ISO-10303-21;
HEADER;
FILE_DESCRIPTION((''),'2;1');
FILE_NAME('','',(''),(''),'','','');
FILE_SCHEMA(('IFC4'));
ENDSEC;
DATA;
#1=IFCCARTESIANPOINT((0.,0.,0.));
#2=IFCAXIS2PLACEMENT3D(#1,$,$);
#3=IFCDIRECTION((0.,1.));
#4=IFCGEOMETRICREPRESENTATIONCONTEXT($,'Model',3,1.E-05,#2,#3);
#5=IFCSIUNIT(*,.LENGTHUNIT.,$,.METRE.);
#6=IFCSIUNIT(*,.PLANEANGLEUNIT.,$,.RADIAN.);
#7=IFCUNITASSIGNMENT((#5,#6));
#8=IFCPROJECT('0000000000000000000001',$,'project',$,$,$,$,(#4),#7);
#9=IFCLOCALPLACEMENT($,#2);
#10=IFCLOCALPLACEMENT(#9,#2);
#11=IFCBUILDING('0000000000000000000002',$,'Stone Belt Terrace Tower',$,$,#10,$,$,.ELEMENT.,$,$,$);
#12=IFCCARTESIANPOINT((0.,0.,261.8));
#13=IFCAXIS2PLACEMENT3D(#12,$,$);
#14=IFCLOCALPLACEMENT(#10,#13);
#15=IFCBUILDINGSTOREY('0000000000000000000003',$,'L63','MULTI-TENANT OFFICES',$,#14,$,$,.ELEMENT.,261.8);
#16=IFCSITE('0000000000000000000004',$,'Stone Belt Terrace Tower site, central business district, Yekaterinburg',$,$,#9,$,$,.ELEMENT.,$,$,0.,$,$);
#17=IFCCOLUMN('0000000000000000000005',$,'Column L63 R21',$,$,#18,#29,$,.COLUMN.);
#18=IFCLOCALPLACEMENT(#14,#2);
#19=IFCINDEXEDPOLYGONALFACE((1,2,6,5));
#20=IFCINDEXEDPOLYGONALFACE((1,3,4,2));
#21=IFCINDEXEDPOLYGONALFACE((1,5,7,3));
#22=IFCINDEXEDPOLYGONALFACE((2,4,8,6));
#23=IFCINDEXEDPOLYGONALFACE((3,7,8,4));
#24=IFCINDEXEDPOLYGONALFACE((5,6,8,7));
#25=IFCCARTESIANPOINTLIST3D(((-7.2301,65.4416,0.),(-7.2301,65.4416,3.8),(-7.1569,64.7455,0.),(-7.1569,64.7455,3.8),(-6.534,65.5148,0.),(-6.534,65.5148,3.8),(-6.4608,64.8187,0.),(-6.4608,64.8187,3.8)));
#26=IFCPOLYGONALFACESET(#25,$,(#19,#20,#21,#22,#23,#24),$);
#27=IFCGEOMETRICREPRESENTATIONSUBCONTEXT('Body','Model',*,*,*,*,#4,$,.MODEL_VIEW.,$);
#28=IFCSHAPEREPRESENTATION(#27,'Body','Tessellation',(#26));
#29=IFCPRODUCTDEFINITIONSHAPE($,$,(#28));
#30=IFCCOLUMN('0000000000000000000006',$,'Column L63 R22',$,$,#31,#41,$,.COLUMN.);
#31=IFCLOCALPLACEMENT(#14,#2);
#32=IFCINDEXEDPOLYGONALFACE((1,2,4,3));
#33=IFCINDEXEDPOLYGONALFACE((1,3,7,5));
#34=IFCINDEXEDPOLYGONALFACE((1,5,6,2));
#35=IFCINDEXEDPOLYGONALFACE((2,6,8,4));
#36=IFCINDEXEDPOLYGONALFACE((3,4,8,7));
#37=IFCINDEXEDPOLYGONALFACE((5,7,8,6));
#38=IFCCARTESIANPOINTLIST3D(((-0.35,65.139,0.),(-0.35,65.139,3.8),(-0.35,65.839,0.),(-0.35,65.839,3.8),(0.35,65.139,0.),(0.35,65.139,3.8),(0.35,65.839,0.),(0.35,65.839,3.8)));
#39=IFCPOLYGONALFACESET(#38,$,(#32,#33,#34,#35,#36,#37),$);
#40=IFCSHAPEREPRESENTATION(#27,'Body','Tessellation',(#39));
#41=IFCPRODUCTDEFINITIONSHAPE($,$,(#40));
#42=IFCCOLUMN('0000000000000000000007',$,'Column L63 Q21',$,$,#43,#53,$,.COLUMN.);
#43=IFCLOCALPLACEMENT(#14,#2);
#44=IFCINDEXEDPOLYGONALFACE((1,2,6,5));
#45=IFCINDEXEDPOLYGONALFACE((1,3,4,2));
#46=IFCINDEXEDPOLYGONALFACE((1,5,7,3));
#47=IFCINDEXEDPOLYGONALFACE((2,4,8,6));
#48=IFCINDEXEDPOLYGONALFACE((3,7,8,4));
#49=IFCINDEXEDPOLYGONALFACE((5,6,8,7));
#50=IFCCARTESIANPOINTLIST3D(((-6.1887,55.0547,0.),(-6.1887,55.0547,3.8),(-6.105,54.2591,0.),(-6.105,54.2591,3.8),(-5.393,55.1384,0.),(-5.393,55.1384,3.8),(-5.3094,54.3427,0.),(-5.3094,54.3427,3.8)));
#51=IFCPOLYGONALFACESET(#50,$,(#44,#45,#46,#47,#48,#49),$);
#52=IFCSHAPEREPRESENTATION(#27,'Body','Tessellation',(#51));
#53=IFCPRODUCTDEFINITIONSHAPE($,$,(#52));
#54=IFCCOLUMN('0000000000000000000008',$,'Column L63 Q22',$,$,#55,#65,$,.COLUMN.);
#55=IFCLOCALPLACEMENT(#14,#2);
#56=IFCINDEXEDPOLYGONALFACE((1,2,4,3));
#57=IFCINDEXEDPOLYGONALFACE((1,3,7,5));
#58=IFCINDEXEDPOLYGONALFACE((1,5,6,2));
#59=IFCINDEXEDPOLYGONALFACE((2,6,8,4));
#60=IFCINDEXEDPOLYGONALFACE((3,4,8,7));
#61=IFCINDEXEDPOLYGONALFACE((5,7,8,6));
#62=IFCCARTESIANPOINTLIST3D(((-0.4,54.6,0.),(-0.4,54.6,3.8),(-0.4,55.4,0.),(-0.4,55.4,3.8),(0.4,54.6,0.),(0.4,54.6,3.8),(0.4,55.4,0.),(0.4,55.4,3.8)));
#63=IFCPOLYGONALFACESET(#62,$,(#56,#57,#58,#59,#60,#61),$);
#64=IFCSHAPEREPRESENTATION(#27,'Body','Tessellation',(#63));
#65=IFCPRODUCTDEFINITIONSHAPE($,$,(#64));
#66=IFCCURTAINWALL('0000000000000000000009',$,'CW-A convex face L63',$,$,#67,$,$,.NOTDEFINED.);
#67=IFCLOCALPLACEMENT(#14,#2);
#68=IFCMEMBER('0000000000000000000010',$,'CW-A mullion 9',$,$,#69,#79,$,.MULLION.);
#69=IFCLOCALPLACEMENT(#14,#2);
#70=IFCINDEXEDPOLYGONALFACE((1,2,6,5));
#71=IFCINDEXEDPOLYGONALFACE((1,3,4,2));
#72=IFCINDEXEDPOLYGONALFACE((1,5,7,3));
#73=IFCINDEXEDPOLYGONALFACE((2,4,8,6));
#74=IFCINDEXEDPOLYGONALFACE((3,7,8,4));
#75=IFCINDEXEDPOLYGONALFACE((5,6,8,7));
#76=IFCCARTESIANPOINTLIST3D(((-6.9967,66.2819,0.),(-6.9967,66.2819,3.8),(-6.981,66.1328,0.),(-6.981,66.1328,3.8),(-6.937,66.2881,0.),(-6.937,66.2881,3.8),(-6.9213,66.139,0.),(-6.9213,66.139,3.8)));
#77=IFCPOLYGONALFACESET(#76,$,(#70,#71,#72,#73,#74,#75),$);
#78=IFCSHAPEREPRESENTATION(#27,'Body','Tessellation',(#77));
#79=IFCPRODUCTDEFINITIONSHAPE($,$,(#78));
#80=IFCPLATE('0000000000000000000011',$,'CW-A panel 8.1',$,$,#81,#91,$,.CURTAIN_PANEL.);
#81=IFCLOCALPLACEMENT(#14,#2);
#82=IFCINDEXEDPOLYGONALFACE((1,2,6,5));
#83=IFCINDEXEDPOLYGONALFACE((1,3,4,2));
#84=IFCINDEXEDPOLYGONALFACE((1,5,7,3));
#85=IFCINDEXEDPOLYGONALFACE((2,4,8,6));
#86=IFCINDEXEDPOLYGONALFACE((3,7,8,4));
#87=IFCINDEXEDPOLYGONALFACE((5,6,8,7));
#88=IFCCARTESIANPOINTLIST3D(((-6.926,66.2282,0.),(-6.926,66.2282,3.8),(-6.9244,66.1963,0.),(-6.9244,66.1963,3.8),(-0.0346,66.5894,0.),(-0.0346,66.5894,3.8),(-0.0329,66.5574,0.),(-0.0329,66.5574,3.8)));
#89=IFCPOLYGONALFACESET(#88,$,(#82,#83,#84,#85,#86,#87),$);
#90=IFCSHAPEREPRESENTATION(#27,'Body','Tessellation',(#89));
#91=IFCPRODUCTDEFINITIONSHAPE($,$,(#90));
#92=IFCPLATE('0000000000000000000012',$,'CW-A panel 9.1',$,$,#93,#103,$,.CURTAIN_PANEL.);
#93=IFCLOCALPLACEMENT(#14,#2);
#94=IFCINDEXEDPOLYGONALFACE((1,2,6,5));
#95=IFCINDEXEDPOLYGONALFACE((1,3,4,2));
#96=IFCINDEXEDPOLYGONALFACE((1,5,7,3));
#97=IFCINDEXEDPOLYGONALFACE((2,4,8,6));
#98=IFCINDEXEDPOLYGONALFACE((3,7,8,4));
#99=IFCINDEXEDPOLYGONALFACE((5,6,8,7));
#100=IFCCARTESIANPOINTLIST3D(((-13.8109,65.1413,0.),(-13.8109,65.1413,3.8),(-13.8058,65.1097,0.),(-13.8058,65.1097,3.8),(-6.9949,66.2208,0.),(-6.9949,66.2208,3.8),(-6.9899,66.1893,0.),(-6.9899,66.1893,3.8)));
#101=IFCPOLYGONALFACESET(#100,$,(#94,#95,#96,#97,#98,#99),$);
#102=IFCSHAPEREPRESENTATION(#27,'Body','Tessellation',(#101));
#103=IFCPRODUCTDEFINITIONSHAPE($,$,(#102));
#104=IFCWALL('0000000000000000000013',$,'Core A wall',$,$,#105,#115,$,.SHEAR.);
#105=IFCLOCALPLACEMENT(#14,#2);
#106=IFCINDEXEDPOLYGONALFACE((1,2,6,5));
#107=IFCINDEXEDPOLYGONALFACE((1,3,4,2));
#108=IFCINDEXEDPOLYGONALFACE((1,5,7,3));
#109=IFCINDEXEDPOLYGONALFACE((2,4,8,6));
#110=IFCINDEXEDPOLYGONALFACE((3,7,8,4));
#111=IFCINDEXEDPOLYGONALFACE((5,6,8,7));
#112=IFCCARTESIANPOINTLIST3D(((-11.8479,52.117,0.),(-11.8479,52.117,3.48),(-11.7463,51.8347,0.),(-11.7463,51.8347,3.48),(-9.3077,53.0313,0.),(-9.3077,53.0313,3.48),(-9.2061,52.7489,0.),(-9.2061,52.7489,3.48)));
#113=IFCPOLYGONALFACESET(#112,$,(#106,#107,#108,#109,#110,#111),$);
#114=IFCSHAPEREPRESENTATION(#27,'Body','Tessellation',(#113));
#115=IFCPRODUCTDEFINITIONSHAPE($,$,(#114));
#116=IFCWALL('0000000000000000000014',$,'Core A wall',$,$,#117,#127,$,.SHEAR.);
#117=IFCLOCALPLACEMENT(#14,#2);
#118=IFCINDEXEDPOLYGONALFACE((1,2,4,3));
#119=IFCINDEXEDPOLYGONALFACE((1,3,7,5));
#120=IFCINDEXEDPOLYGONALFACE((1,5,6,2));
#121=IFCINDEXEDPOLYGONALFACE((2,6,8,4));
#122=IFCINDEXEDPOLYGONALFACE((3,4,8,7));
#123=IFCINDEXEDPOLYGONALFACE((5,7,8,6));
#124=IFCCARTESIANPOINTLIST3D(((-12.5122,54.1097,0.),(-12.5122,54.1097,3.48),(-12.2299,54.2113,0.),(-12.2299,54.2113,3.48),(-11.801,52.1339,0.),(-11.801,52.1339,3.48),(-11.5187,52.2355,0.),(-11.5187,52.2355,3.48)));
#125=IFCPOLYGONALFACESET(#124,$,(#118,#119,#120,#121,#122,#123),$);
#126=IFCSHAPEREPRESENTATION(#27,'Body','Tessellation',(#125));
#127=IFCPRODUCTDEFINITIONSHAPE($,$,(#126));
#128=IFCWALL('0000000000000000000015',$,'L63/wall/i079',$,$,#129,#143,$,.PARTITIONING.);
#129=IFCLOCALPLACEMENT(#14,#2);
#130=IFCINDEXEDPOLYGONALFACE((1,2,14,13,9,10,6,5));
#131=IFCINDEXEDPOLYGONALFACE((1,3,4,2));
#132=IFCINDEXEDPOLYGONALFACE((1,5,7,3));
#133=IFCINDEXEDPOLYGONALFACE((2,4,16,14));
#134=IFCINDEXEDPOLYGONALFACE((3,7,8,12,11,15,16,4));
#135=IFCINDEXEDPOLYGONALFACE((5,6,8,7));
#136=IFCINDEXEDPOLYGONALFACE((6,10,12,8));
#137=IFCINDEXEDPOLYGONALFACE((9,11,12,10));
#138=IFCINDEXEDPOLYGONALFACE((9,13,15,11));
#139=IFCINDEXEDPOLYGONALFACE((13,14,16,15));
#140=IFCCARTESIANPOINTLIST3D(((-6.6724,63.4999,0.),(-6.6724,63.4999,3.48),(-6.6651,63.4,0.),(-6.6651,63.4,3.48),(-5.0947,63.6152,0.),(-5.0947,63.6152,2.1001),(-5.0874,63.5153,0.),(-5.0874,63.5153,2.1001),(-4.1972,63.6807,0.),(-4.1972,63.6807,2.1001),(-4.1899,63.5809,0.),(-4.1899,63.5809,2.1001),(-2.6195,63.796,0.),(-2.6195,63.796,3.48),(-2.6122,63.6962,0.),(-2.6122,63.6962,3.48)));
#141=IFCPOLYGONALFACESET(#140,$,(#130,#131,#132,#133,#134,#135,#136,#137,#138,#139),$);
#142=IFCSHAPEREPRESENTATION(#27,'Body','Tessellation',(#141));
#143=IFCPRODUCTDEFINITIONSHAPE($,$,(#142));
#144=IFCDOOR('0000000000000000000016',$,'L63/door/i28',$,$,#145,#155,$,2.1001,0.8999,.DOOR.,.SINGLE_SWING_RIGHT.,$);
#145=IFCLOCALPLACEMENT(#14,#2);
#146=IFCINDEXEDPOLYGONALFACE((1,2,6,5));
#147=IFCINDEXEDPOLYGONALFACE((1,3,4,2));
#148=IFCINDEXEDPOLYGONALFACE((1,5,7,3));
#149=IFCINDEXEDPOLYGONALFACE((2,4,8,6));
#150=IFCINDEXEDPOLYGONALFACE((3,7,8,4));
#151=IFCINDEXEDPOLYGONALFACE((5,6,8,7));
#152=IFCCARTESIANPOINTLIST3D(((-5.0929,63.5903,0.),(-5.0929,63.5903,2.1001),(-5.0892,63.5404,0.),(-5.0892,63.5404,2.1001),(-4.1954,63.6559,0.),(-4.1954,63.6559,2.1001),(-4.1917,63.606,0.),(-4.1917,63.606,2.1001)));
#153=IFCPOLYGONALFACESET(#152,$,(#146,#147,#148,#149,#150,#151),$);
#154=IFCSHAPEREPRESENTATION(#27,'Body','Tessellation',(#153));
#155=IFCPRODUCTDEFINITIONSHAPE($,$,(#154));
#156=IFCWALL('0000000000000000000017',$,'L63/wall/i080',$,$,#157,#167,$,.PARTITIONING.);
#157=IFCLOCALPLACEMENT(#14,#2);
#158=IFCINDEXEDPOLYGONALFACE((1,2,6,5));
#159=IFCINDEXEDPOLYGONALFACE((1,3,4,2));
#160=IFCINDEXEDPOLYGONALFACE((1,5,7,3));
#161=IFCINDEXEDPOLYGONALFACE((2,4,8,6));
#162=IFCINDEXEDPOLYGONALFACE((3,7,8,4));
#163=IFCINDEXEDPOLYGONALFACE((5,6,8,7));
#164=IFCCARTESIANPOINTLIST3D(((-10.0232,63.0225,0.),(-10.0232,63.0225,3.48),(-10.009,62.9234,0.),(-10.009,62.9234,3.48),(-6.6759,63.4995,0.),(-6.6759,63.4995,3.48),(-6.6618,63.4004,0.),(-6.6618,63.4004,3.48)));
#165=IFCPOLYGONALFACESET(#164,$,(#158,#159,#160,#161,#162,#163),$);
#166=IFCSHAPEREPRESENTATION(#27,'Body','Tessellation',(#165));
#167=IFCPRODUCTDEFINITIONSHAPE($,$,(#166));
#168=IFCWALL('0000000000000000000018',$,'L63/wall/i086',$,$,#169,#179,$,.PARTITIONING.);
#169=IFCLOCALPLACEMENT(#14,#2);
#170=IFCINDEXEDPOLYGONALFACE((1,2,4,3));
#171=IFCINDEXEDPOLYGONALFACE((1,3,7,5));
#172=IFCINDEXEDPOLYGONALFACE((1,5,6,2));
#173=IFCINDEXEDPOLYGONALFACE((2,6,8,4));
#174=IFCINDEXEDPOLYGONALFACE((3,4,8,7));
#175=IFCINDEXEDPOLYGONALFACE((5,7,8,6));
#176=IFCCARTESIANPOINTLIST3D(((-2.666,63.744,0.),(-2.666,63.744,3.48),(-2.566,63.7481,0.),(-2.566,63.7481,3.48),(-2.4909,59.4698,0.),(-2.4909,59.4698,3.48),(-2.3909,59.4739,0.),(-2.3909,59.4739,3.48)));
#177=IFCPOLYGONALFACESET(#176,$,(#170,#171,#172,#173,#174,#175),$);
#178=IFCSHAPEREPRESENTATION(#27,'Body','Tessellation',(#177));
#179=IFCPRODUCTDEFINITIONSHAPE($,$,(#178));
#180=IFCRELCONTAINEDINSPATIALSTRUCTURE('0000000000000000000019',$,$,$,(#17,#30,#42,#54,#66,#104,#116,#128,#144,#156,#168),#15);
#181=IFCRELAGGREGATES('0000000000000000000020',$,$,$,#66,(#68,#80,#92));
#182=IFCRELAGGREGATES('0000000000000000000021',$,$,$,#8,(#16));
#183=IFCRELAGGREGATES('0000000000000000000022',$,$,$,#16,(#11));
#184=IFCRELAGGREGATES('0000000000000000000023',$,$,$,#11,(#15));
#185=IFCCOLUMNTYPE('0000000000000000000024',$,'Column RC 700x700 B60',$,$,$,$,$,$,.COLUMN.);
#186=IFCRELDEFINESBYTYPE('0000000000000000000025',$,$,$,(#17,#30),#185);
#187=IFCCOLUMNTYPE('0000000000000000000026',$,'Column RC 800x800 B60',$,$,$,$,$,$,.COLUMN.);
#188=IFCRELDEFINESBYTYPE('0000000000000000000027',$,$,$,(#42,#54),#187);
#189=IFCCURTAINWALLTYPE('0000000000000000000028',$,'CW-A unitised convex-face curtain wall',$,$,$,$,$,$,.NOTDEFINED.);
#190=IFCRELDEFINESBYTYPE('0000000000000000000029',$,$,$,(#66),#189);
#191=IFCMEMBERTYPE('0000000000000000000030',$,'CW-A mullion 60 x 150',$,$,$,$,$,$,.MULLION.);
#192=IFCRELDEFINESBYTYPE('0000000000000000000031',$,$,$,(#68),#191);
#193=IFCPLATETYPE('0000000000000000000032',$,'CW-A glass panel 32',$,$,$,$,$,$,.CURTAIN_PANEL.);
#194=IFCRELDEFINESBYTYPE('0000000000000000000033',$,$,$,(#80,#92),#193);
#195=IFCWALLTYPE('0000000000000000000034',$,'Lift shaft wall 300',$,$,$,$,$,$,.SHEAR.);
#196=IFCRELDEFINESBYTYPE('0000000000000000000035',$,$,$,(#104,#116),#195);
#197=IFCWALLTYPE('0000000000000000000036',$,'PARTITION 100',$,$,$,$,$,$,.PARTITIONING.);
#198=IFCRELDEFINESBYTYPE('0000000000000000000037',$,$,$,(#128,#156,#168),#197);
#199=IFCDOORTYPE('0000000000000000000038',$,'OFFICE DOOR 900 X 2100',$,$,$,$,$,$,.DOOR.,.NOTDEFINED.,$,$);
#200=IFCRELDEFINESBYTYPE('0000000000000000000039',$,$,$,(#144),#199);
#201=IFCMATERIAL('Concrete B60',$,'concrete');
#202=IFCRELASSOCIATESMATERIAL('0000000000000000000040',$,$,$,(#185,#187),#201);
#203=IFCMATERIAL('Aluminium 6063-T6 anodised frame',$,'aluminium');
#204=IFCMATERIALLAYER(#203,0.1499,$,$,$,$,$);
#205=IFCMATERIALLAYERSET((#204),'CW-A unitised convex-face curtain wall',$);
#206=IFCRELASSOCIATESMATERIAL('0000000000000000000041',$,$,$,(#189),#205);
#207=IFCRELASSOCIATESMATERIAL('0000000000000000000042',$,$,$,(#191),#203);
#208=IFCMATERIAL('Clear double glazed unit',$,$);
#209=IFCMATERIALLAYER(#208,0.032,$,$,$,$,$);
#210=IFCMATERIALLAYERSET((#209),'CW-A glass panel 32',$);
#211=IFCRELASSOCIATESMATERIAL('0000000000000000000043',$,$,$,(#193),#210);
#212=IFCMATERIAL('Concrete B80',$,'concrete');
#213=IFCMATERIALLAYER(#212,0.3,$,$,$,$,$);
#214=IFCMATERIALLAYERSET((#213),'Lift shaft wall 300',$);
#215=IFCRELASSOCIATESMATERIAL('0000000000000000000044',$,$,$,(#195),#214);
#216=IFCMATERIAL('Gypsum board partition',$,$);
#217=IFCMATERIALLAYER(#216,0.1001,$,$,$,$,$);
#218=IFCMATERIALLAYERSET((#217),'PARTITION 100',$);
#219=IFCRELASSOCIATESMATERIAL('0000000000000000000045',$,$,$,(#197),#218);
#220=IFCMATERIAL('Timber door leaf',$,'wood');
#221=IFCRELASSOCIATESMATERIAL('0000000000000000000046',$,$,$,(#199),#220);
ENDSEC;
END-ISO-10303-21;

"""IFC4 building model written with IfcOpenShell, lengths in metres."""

from ifc_helpers import new_model, si_unit, direction, frame, frame_2d, origin, origin_2d, place, context, subcontext, project, spatial, rectangle, extrude, material, layer, layer_set, material_profile, profile_set, type_object, element, fill, aggregate, save


model = new_model("IFC4")

# Units and contexts
model_context = context("Model", 3, precision=1e-05, world=origin(), true_north=direction((0.0, 1.0)))
body_context = subcontext(model_context, "Body", "Model", "MODEL_VIEW")
ifc_project = project(units=[si_unit("LENGTHUNIT", "METRE"), si_unit("PLANEANGLEUNIT", "RADIAN")], contexts=[model_context])

# Site, building, storey
site_placement = place(None, origin())
site = spatial("IfcSite", under=ifc_project, at=site_placement, Name="Stone Belt Terrace Tower site, central business district, Yekaterinburg", CompositionType="ELEMENT", RefElevation=0.0)
building_placement = place(site_placement, origin())
building = spatial("IfcBuilding", under=site, at=building_placement, Name="Stone Belt Terrace Tower", CompositionType="ELEMENT")
storey_placement = place(building_placement, frame((0.0, 0.0, 261.8)))
storey = spatial("IfcBuildingStorey", under=building, at=storey_placement, Name="L63", Description="MULTI-TENANT OFFICES", CompositionType="ELEMENT", Elevation=261.8)

# Columns
ifc_material_1 = material(Name="Concrete B60", Category="concrete")
ifc_material_profile_1 = material_profile(ifc_material_1, rectangle(XDim=0.7, YDim=0.7, at=origin_2d()), Name="RC 700x700")
ifc_profile_set_1 = profile_set([ifc_material_profile_1], Name="Concrete B60")
column_type_1 = type_object("IfcColumnType", Name="Column RC 700x700 B60", PredefinedType="COLUMN", material=ifc_profile_set_1)
for number, where, z_axis, x_axis, name in (
    (1, (-6.8455, 65.1301, 0.0), (0.0, 0.0, 1.0), (0.994522, 0.104528, 0.0), "Column L63 R21"),
    (2, (0.0, 65.489, 0.0), (0.0, 0.0, 1.0), (1.0, 0.0, 0.0), "Column L63 R22"),
):
    element("IfcColumn", number, at=place(storey_placement, frame(where, z_axis=z_axis, x_axis=x_axis)), inside=storey, type_object=column_type_1, Name=name, PredefinedType="COLUMN", context=body_context, shape_type="SweptSolid", body=[
        extrude(rectangle(XDim=0.7, YDim=0.7, at=origin_2d()), origin(), (0.0, 0.0, 1.0), 3.8),
    ])
ifc_material_profile_2 = material_profile(ifc_material_1, rectangle(XDim=0.8, YDim=0.8, at=origin_2d()), Name="RC 800x800")
ifc_profile_set_2 = profile_set([ifc_material_profile_2], Name="Concrete B60")
column_type_2 = type_object("IfcColumnType", Name="Column RC 800x800 B60", PredefinedType="COLUMN", material=ifc_profile_set_2)
for number, where, z_axis, x_axis, name in (
    (3, (-5.749, 54.6987, 0.0), (0.0, 0.0, 1.0), (0.994522, 0.104528, 0.0), "Column L63 Q21"),
    (4, (0.0, 55.0, 0.0), (0.0, 0.0, 1.0), (1.0, 0.0, 0.0), "Column L63 Q22"),
):
    element("IfcColumn", number, at=place(storey_placement, frame(where, z_axis=z_axis, x_axis=x_axis)), inside=storey, type_object=column_type_2, Name=name, PredefinedType="COLUMN", context=body_context, shape_type="SweptSolid", body=[
        extrude(rectangle(XDim=0.8, YDim=0.8, at=origin_2d()), origin(), (0.0, 0.0, 1.0), 3.8),
    ])

# Curtain wall, member, plates
ifc_material_2 = material(Name="Aluminium 6063-T6 anodised frame", Category="aluminium")
ifc_layer_1 = layer(ifc_material_2, 0.1499)
ifc_layer_set_1 = layer_set([ifc_layer_1], Name="CW-A unitised convex-face curtain wall")
curtain_wall_type = type_object("IfcCurtainWallType", Name="CW-A unitised convex-face curtain wall", PredefinedType="NOTDEFINED", material=ifc_layer_set_1)
curtain_wall_placement = place(storey_placement, origin())
curtain_wall = element("IfcCurtainWall", 5, at=curtain_wall_placement, inside=storey, type_object=curtain_wall_type, Name="CW-A convex face L63", PredefinedType="NOTDEFINED")
ifc_material_profile_3 = material_profile(ifc_material_2, rectangle(XDim=0.1499, YDim=0.0601, at=origin_2d()), Name="Aluminium 6063-T6 60x150")
ifc_profile_set_3 = profile_set([ifc_material_profile_3], Name="Aluminium 6063-T6 anodised frame")
member_type = type_object("IfcMemberType", Name="CW-A mullion 60 x 150", PredefinedType="MULLION", material=ifc_profile_set_3)
member_placement = place(storey_placement, frame((-6.959, 66.2104, 0.0), z_axis=(0.0, 0.0, 1.0), x_axis=(0.104528, -0.994522, 0.0)))
member = element("IfcMember", 6, at=member_placement, type_object=member_type, Name="CW-A mullion 9", PredefinedType="MULLION", context=body_context, shape_type="SweptSolid", body=[
    extrude(rectangle(XDim=0.1499, YDim=0.0601, at=origin_2d()), origin(), (0.0, 0.0, 1.0), 3.8),
])
ifc_material_3 = material(Name="Clear double glazed unit")
ifc_layer_2 = layer(ifc_material_3, 0.032)
ifc_layer_set_2 = layer_set([ifc_layer_2], Name="CW-A glass panel 32")
plate_type = type_object("IfcPlateType", Name="CW-A glass panel 32", PredefinedType="CURTAIN_PANEL", material=ifc_layer_set_2)
plate_1_placement = place(storey_placement, frame((-3.4795, 66.3928, 0.0), z_axis=(0.0, 0.0, 1.0), x_axis=(-0.99863, -0.052336, 0.0)))
plate_1 = element("IfcPlate", 7, at=plate_1_placement, type_object=plate_type, Name="CW-A panel 8.1", PredefinedType="CURTAIN_PANEL", context=body_context, shape_type="SweptSolid", body=[
    extrude(rectangle(XDim=6.9009, YDim=0.032, at=origin_2d()), origin(), (0.0, 0.0, 1.0), 3.8),
])
plate_2_placement = place(storey_placement, frame((-10.4004, 65.6653, 0.0), z_axis=(0.0, 0.0, 1.0), x_axis=(-0.987688, -0.156434, 0.0)))
plate_2 = element("IfcPlate", 8, at=plate_2_placement, type_object=plate_type, Name="CW-A panel 9.1", PredefinedType="CURTAIN_PANEL", context=body_context, shape_type="SweptSolid", body=[
    extrude(rectangle(XDim=6.9009, YDim=0.032, at=origin_2d()), origin(), (0.0, 0.0, 1.0), 3.8),
])
aggregate(curtain_wall, [member, plate_1, plate_2])

# Walls
ifc_material_4 = material(Name="Concrete B80", Category="concrete")
ifc_layer_3 = layer(ifc_material_4, 0.3)
ifc_layer_set_3 = layer_set([ifc_layer_3], Name="Lift shaft wall 300")
wall_type_1 = type_object("IfcWallType", Name="Lift shaft wall 300", PredefinedType="SHEAR", material=ifc_layer_set_3)
wall_1_placement = place(storey_placement, frame((-11.7971, 51.9758, 0.0), z_axis=(0.0, 0.0, 1.0), x_axis=(0.94091, 0.338655, 0.0)))
element("IfcWall", 9, at=wall_1_placement, inside=storey, type_object=wall_type_1, Name="Core A wall", PredefinedType="SHEAR", context=body_context, shape_type="SweptSolid", body=[
    extrude(rectangle(XDim=2.6997, YDim=0.3, at=frame_2d((1.3499, 0.0))), origin(), (0.0, 0.0, 1.0), 3.48),
])
wall_2_placement = place(storey_placement, frame((-11.6599, 52.1848, 0.0), z_axis=(0.0, 0.0, 1.0), x_axis=(-0.33867, 0.940905, 0.0)))
element("IfcWall", 10, at=wall_2_placement, inside=storey, type_object=wall_type_1, Name="Core A wall", PredefinedType="SHEAR", context=body_context, shape_type="SweptSolid", body=[
    extrude(rectangle(XDim=2.0999, YDim=0.3, at=frame_2d((1.0498, 0.0))), origin(), (0.0, 0.0, 1.0), 3.48),
])

# Wall, opening, door
ifc_material_5 = material(Name="Gypsum board partition")
ifc_layer_4 = layer(ifc_material_5, 0.1001)
ifc_layer_set_4 = layer_set([ifc_layer_4], Name="PARTITION 100")
wall_type_2 = type_object("IfcWallType", Name="PARTITION 100", PredefinedType="PARTITIONING", material=ifc_layer_set_4)
wall_3_placement = place(storey_placement, frame((-2.616, 63.7461, 0.0), z_axis=(0.0, 0.0, 1.0), x_axis=(-0.997341, -0.072874, 0.0)))
wall_3 = element("IfcWall", 11, at=wall_3_placement, inside=storey, type_object=wall_type_2, Name="L63/wall/i079", PredefinedType="PARTITIONING", context=body_context, shape_type="SweptSolid", body=[
    extrude(rectangle(XDim=4.0637, YDim=0.1001, at=frame_2d((2.0317, 0.0))), origin(), (0.0, 0.0, 1.0), 3.48),
])
opening_1_placement = place(wall_3_placement, frame((1.5818, 0.0, 0.0)))
opening_1 = element("IfcOpeningElement", 12, at=opening_1_placement, cuts=wall_3, PredefinedType="OPENING", context=body_context, shape_type="SweptSolid", body=[
    extrude(rectangle(XDim=0.8999, YDim=2.1001, at=frame_2d((0.45, 1.05))), frame((0.0, 0.0601, 0.0), z_axis=(0.0, -1.0, 0.0), x_axis=(1.0, 0.0, 0.0)), (0.0, 0.0, 1.0), 0.1201),
])
ifc_material_6 = material(Name="Timber door leaf", Category="wood")
door_type = type_object("IfcDoorType", Name="OFFICE DOOR 900 X 2100", OperationType="NOTDEFINED", PredefinedType="DOOR", material=ifc_material_6)
door_1_placement = place(opening_1_placement, origin())
door_1 = element("IfcDoor", 13, at=door_1_placement, inside=storey, type_object=door_type, Name="L63/door/i28", OperationType="SINGLE_SWING_RIGHT", OverallHeight=2.1001, OverallWidth=0.8999, PredefinedType="DOOR", context=body_context, shape_type="SweptSolid", body=[
    extrude(rectangle(XDim=0.8999, YDim=2.1001, at=frame_2d((0.45, 1.05))), frame((0.0, 0.0249, 0.0), z_axis=(0.0, -1.0, 0.0), x_axis=(1.0, 0.0, 0.0)), (0.0, 0.0, 1.0), 0.05),
])
fill(opening_1, door_1)

# Walls
wall_4_placement = place(storey_placement, frame((-6.6689, 63.45, 0.0), z_axis=(0.0, 0.0, 1.0), x_axis=(-0.989996, -0.141098, 0.0)))
element("IfcWall", 14, at=wall_4_placement, inside=storey, type_object=wall_type_2, Name="L63/wall/i080", PredefinedType="PARTITIONING", context=body_context, shape_type="SweptSolid", body=[
    extrude(rectangle(XDim=3.3811, YDim=0.1001, at=frame_2d((1.6904, 0.0))), origin(), (0.0, 0.0, 1.0), 3.48),
])
wall_5_placement = place(storey_placement, frame((-2.616, 63.7461, 0.0), z_axis=(0.0, 0.0, 1.0), x_axis=(0.040921, -0.999162, 0.0)))
element("IfcWall", 15, at=wall_5_placement, inside=storey, type_object=wall_type_2, Name="L63/wall/i086", PredefinedType="PARTITIONING", context=body_context, shape_type="SweptSolid", body=[
    extrude(rectangle(XDim=4.2778, YDim=0.1001, at=frame_2d((2.1389, 0.0))), origin(), (0.0, 0.0, 1.0), 3.48),
])

save(model, "model.ifc")
